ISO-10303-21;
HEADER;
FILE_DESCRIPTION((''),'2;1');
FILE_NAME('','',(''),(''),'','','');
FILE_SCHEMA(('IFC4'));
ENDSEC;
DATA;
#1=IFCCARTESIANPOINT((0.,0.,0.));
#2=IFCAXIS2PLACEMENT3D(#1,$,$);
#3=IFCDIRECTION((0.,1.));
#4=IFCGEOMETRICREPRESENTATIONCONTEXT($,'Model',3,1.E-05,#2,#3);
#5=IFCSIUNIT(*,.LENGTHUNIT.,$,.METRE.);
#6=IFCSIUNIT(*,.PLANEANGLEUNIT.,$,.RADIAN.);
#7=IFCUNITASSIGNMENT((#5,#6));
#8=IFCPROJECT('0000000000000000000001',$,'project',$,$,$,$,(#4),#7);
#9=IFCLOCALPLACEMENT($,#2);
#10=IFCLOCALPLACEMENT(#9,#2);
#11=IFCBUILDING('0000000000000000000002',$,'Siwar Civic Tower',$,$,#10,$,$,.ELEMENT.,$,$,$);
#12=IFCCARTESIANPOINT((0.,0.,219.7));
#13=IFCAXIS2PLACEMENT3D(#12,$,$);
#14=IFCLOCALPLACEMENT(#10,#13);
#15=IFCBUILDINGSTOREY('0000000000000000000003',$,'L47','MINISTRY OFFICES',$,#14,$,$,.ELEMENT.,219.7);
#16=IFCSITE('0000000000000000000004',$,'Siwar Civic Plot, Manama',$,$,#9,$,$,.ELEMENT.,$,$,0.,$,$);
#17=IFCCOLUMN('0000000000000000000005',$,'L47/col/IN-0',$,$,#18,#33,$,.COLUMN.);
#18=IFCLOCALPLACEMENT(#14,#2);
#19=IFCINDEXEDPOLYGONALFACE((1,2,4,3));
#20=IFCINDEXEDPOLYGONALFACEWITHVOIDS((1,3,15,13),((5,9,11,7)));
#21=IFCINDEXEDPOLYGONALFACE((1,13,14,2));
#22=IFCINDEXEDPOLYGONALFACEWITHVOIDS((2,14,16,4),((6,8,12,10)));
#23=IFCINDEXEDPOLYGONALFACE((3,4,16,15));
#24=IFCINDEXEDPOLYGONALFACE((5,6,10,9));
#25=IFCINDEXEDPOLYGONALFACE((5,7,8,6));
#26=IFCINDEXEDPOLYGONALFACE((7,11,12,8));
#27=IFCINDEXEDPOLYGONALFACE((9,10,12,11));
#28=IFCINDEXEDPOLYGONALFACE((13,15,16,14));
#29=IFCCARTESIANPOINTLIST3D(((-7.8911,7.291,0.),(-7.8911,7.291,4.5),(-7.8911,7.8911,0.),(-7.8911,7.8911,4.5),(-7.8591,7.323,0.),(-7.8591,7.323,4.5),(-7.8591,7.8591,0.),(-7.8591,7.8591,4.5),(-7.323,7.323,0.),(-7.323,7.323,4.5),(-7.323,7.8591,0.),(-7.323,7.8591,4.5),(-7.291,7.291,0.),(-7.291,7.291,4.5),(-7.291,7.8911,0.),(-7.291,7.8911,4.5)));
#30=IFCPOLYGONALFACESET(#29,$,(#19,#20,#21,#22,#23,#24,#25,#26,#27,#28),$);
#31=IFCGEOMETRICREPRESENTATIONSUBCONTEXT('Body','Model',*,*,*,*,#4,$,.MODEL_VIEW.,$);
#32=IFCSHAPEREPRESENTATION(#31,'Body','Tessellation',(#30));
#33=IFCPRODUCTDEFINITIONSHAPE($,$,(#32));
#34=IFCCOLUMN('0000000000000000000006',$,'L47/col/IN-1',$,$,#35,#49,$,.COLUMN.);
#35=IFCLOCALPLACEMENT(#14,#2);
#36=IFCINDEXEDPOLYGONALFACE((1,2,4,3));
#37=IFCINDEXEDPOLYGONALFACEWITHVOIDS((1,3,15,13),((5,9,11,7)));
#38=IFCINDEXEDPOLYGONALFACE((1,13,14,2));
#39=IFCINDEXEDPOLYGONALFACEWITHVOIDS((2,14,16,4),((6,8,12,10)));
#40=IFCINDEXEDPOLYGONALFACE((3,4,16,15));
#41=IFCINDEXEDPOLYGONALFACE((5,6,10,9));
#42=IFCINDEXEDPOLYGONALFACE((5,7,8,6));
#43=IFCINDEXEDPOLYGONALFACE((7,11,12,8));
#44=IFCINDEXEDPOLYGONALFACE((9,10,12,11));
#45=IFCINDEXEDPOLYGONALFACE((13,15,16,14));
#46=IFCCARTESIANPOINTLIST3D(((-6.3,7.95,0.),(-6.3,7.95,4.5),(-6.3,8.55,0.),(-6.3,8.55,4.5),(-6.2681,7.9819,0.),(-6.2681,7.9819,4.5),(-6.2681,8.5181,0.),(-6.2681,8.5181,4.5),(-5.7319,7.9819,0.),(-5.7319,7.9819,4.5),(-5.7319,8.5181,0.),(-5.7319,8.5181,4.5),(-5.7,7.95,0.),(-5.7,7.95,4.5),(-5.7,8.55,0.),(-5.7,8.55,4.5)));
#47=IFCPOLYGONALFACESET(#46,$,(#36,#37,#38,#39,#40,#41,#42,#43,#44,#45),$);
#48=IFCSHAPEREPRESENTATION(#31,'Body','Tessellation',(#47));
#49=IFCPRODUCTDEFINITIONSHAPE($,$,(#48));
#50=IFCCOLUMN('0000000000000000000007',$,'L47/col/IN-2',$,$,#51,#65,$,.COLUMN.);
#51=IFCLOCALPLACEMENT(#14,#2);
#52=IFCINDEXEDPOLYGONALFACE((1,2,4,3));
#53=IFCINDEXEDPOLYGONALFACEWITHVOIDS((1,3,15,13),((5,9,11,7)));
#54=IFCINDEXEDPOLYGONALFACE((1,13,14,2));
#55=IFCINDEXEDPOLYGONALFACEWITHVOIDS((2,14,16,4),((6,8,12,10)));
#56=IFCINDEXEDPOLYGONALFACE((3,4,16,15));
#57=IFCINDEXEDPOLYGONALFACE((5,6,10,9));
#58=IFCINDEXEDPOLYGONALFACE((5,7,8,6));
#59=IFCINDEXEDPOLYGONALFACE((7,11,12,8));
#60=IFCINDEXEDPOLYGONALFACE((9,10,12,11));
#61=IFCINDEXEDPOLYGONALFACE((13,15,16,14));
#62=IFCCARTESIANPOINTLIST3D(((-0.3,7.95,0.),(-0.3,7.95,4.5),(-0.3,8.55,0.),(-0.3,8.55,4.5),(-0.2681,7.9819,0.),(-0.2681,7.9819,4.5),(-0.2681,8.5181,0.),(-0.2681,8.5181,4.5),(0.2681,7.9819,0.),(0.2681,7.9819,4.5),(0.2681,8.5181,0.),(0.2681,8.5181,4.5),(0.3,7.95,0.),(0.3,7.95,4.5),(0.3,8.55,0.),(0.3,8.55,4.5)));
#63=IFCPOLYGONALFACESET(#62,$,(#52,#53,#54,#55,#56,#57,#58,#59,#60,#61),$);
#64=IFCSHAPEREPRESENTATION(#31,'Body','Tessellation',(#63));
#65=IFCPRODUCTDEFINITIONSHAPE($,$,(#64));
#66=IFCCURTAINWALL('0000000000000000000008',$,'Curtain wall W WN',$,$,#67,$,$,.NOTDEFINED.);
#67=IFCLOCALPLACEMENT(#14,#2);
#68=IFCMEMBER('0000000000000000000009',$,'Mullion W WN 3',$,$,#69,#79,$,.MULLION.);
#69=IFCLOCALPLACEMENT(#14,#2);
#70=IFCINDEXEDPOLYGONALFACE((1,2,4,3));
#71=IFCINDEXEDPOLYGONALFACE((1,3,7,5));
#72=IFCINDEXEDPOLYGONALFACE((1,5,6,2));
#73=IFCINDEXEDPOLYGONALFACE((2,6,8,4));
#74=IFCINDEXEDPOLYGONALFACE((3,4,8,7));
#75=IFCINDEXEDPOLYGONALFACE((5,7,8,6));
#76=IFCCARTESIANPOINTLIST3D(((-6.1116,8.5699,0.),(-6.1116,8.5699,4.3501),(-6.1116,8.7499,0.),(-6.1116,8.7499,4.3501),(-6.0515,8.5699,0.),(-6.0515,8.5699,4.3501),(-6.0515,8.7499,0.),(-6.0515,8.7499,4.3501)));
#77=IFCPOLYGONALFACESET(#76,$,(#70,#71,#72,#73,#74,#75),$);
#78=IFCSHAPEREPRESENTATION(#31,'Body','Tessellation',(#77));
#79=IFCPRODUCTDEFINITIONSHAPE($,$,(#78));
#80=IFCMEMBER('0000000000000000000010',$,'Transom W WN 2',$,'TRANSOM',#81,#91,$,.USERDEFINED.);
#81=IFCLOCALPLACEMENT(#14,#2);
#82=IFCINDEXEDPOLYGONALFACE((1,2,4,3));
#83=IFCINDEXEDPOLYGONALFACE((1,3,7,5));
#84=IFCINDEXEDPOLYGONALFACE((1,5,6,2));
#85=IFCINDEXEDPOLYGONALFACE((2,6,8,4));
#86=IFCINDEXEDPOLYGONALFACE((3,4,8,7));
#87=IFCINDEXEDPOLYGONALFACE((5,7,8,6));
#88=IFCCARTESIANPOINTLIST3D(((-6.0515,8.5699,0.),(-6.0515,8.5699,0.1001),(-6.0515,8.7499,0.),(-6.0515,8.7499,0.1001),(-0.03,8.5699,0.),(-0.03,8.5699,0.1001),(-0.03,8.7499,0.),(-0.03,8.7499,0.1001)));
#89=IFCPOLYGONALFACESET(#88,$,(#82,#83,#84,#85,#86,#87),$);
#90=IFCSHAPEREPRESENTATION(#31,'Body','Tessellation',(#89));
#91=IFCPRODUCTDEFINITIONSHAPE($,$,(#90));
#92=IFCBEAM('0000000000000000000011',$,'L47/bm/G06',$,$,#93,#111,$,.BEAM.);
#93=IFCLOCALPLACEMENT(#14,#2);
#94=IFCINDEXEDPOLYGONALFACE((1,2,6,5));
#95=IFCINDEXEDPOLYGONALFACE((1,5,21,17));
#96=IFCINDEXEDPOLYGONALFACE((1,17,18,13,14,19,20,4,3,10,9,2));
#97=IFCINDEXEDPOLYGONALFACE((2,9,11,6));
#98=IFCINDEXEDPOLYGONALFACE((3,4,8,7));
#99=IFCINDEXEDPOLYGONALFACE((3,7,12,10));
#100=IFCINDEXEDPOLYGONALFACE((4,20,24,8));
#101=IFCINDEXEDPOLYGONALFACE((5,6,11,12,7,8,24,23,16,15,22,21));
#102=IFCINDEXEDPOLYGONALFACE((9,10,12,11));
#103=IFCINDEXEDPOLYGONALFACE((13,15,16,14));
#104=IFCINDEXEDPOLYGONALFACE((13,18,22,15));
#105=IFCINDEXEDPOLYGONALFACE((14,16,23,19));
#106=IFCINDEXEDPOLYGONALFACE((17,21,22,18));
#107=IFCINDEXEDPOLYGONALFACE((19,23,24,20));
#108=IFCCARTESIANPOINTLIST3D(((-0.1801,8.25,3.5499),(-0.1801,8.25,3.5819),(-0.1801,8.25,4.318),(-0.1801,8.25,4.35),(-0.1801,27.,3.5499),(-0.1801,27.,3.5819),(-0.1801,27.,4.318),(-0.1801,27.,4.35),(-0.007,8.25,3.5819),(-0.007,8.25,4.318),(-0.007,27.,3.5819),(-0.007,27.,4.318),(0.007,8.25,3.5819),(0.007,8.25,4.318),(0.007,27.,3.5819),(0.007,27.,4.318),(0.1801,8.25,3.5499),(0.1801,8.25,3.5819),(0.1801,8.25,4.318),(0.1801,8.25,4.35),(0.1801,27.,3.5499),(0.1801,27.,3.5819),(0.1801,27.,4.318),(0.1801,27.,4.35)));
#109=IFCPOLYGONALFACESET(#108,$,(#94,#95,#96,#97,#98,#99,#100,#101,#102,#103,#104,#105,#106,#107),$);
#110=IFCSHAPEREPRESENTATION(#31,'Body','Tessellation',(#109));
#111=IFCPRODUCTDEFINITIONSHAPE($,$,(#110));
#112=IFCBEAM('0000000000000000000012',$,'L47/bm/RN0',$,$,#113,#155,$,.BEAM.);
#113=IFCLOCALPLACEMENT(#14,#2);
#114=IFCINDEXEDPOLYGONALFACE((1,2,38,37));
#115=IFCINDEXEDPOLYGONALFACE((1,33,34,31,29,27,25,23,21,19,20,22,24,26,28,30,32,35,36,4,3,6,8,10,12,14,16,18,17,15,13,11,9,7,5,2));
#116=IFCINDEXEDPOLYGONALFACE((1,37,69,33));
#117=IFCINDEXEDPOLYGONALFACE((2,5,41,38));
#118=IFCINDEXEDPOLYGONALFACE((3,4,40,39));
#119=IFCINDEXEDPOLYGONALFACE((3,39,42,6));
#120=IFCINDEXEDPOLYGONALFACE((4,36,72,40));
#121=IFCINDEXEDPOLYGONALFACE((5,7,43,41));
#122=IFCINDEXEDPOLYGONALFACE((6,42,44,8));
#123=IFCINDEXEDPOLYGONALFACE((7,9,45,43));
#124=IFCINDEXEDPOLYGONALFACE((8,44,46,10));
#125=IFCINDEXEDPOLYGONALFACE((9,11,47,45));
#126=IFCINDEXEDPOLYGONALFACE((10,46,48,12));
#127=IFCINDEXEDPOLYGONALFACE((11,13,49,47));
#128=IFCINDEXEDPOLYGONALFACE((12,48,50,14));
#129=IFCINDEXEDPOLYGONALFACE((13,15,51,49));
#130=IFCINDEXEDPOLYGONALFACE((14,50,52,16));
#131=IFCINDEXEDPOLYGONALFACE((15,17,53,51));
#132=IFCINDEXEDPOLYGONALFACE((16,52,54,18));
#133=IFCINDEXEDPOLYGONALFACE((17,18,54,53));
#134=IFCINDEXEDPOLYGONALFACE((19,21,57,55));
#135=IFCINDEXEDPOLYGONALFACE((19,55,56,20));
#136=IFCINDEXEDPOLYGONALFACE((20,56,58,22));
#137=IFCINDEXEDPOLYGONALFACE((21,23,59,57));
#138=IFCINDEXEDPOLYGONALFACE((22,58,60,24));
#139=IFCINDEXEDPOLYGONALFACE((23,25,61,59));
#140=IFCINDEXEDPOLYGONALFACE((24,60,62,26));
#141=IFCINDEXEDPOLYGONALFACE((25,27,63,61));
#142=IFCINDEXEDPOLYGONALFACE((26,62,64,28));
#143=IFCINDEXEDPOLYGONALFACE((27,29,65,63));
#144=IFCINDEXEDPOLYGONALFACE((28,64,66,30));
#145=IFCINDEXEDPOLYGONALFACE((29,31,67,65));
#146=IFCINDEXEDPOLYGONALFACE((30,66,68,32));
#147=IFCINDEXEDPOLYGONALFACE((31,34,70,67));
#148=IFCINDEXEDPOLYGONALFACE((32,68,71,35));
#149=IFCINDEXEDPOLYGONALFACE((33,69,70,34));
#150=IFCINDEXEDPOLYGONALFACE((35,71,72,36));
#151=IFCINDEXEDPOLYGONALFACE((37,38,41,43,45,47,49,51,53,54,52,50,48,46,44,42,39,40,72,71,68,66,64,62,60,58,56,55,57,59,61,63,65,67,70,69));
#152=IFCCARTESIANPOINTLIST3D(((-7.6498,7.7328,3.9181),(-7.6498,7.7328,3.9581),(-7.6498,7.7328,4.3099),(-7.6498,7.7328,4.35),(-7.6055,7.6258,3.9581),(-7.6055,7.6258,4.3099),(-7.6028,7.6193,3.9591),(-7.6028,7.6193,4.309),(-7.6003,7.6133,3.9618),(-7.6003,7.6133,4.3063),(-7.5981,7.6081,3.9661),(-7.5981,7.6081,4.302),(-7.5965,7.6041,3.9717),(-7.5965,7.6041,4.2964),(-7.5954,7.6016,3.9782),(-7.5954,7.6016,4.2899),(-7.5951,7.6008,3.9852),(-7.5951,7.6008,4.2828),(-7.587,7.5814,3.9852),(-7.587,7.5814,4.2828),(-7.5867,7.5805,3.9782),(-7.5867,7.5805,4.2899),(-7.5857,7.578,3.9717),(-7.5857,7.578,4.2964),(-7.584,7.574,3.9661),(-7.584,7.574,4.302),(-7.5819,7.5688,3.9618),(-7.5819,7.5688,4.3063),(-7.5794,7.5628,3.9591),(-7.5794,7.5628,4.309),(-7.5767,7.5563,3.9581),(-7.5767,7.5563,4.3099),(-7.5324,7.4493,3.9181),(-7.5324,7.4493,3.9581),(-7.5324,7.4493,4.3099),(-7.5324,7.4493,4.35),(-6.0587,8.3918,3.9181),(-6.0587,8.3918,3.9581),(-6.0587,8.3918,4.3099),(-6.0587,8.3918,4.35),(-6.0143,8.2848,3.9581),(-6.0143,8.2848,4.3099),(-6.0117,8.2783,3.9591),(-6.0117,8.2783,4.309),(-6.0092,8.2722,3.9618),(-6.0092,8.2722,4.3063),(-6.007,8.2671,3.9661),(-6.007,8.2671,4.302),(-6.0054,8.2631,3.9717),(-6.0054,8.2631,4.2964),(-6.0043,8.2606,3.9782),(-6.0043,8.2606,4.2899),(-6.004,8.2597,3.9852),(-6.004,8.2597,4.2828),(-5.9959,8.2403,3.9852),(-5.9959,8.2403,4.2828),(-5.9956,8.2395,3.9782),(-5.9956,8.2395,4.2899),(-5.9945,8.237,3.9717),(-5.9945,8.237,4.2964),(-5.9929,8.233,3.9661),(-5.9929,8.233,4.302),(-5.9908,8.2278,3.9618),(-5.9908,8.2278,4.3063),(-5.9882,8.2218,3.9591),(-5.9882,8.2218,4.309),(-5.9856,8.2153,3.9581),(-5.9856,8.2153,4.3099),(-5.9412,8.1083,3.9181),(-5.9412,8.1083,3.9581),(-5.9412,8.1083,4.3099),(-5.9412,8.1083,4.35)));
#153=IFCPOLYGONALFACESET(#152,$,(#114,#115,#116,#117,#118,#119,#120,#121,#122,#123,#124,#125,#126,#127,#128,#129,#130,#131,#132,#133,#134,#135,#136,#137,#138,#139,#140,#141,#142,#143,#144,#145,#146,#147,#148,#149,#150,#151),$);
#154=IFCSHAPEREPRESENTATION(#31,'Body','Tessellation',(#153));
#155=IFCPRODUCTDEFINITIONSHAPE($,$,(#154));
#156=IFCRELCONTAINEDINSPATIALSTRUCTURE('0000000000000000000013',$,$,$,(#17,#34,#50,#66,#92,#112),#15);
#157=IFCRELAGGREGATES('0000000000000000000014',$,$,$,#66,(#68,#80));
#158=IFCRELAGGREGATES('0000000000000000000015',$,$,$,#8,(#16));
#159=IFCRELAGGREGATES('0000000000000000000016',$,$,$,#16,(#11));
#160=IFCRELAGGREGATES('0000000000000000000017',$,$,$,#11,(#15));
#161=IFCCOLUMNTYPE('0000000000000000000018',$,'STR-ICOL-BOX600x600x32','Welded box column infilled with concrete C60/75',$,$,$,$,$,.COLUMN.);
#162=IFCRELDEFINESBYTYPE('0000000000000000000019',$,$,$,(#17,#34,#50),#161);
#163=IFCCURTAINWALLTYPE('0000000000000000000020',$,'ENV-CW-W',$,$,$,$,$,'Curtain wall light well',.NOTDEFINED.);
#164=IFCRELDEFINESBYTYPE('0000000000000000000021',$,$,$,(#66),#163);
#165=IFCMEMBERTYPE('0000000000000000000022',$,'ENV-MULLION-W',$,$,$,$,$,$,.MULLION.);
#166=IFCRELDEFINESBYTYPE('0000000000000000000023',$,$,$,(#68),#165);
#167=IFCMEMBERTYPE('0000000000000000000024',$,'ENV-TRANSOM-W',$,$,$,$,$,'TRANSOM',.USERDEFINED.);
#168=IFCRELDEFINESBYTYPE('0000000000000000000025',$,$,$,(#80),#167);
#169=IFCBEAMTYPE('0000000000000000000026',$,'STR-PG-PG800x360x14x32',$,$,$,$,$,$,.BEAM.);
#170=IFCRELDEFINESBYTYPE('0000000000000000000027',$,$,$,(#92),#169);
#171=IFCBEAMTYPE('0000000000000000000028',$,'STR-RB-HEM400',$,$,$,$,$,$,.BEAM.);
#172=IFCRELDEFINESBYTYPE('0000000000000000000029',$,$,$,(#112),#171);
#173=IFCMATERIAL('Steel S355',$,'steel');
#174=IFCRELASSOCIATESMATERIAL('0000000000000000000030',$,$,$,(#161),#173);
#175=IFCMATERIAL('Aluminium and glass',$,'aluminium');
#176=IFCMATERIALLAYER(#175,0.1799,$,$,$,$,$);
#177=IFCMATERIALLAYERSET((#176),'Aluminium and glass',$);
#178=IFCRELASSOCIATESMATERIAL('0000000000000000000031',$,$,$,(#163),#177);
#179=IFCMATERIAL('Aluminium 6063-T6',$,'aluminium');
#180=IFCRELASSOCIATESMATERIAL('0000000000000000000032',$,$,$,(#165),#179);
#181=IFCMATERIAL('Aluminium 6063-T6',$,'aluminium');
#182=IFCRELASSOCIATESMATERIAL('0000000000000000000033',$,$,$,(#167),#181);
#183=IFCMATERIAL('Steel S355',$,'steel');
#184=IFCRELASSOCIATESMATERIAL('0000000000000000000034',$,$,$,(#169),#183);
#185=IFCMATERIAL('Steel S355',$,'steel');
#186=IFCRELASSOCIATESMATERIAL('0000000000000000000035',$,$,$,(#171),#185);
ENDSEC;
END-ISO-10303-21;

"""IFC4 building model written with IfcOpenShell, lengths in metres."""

from ifc_helpers import new_model, si_unit, direction, frame, origin, origin_2d, place, context, subcontext, project, spatial, rectangle, hollow_rectangle, i_section, extrude, material, layer, layer_set, material_profile, profile_set, type_object, element, aggregate, save


model = new_model("IFC4")

# Units and contexts
model_context = context("Model", 3, precision=1e-05, world=origin(), true_north=direction((0.0, 1.0)))
body_context = subcontext(model_context, "Body", "Model", "MODEL_VIEW")
ifc_project = project(units=[si_unit("LENGTHUNIT", "METRE"), si_unit("PLANEANGLEUNIT", "RADIAN")], contexts=[model_context])

# Site, building, storey
site_placement = place(None, origin())
site = spatial("IfcSite", under=ifc_project, at=site_placement, Name="Siwar Civic Plot, Manama", CompositionType="ELEMENT", RefElevation=0.0)
building_placement = place(site_placement, origin())
building = spatial("IfcBuilding", under=site, at=building_placement, Name="Siwar Civic Tower", CompositionType="ELEMENT")
storey_placement = place(building_placement, frame((0.0, 0.0, 219.7)))
storey = spatial("IfcBuildingStorey", under=building, at=storey_placement, Name="L47", Description="MINISTRY OFFICES", CompositionType="ELEMENT", Elevation=219.7)

# Columns
ifc_material_1 = material(Name="Steel S355", Category="steel")
ifc_material_profile_1 = material_profile(ifc_material_1, hollow_rectangle(XDim=0.6001, YDim=0.6001, WallThickness=0.032, at=origin_2d()), Name="BOX600x600x32")
ifc_profile_set_1 = profile_set([ifc_material_profile_1], Name="Steel S355")
column_type = type_object("IfcColumnType", Name="STR-ICOL-BOX600x600x32", Description="Welded box column infilled with concrete C60/75", PredefinedType="COLUMN", material=ifc_profile_set_1)
for number, where, z_axis, x_axis, name in (
    (1, (-7.5911, 7.5911, 0.0), (0.0, 0.0, 1.0), (1.0, 0.0, 0.0), "L47/col/IN-0"),
    (2, (-6.0, 8.25, 0.0), (0.0, 0.0, 1.0), (1.0, 0.0, 0.0), "L47/col/IN-1"),
    (3, (0.0, 8.25, 0.0), (0.0, 0.0, 1.0), (1.0, 0.0, 0.0), "L47/col/IN-2"),
):
    element("IfcColumn", number, at=place(storey_placement, frame(where, z_axis=z_axis, x_axis=x_axis)), inside=storey, type_object=column_type, Name=name, PredefinedType="COLUMN", context=body_context, shape_type="SweptSolid", body=[
        extrude(hollow_rectangle(XDim=0.6001, YDim=0.6001, WallThickness=0.032, at=origin_2d()), origin(), (0.0, 0.0, 1.0), 4.5),
    ])

# Curtain wall, members
ifc_material_2 = material(Name="Aluminium and glass", Category="aluminium")
ifc_layer_1 = layer(ifc_material_2, 0.1799)
ifc_layer_set_1 = layer_set([ifc_layer_1], Name="Aluminium and glass")
curtain_wall_type = type_object("IfcCurtainWallType", Name="ENV-CW-W", ElementType="Curtain wall light well", PredefinedType="NOTDEFINED", material=ifc_layer_set_1)
curtain_wall_placement = place(storey_placement, origin())
curtain_wall = element("IfcCurtainWall", 4, at=curtain_wall_placement, inside=storey, type_object=curtain_wall_type, Name="Curtain wall W WN", PredefinedType="NOTDEFINED")
ifc_material_3 = material(Name="Aluminium 6063-T6", Category="aluminium")
ifc_material_profile_2 = material_profile(ifc_material_3, rectangle(XDim=0.1799, YDim=0.0601, at=origin_2d()), Name="AL 180x60")
ifc_profile_set_2 = profile_set([ifc_material_profile_2], Name="Aluminium 6063-T6")
member_type_1 = type_object("IfcMemberType", Name="ENV-MULLION-W", PredefinedType="MULLION", material=ifc_profile_set_2)
member_1_placement = place(storey_placement, frame((-6.0815, 8.6599, 0.0), z_axis=(0.0, 0.0, 1.0), x_axis=(0.0, -1.0, 0.0)))
member_1 = element("IfcMember", 5, at=member_1_placement, type_object=member_type_1, Name="Mullion W WN 3", PredefinedType="MULLION", context=body_context, shape_type="SweptSolid", body=[
    extrude(rectangle(XDim=0.1799, YDim=0.0601, at=origin_2d()), origin(), (0.0, 0.0, 1.0), 4.3501),
])
ifc_material_4 = material(Name="Aluminium 6063-T6", Category="aluminium")
ifc_material_profile_3 = material_profile(ifc_material_4, rectangle(XDim=0.1799, YDim=0.1001, at=origin_2d()), Name="AL 180x100")
ifc_profile_set_3 = profile_set([ifc_material_profile_3], Name="Aluminium 6063-T6")
member_type_2 = type_object("IfcMemberType", Name="ENV-TRANSOM-W", ElementType="TRANSOM", PredefinedType="USERDEFINED", material=ifc_profile_set_3)
member_2_placement = place(storey_placement, frame((-0.03, 8.6599, 0.05), z_axis=(-1.0, 0.0, 0.0), x_axis=(0.0, -1.0, 0.0)))
member_2 = element("IfcMember", 6, at=member_2_placement, type_object=member_type_2, Name="Transom W WN 2", ObjectType="TRANSOM", PredefinedType="USERDEFINED", context=body_context, shape_type="SweptSolid", body=[
    extrude(rectangle(XDim=0.1799, YDim=0.1001, at=origin_2d()), origin(), (0.0, 0.0, 1.0), 6.0215),
])

# Beams
ifc_material_5 = material(Name="Steel S355", Category="steel")
ifc_material_profile_4 = material_profile(ifc_material_5, i_section(OverallWidth=0.3601, OverallDepth=0.8, WebThickness=0.0139, FlangeThickness=0.032, at=origin_2d()), Name="PG800x360x14x32")
ifc_profile_set_4 = profile_set([ifc_material_profile_4], Name="Steel S355")
beam_type_1 = type_object("IfcBeamType", Name="STR-PG-PG800x360x14x32", PredefinedType="BEAM", material=ifc_profile_set_4)
beam_1_placement = place(storey_placement, frame((0.0, 8.25, 3.95), z_axis=(0.0, 1.0, 0.0), x_axis=(-1.0, 0.0, 0.0)))
element("IfcBeam", 7, at=beam_1_placement, inside=storey, type_object=beam_type_1, Name="L47/bm/G06", PredefinedType="BEAM", context=body_context, shape_type="SweptSolid", body=[
    extrude(i_section(OverallWidth=0.3601, OverallDepth=0.8, WebThickness=0.0139, FlangeThickness=0.032, at=origin_2d()), origin(), (0.0, 0.0, 1.0), 18.75),
])
ifc_material_6 = material(Name="Steel S355", Category="steel")
ifc_material_profile_5 = material_profile(ifc_material_6, i_section(OverallWidth=0.3069, OverallDepth=0.4319, WebThickness=0.021, FlangeThickness=0.04, FilletRadius=0.0271, at=origin_2d()), Name="HEM400")
ifc_profile_set_5 = profile_set([ifc_material_profile_5], Name="Steel S355")
beam_type_2 = type_object("IfcBeamType", Name="STR-RB-HEM400", PredefinedType="BEAM", material=ifc_profile_set_5)
beam_2_placement = place(storey_placement, frame((-7.5911, 7.5911, 4.134), z_axis=(0.923901, 0.382631, 0.0), x_axis=(-0.382631, 0.923901, 0.0)))
element("IfcBeam", 8, at=beam_2_placement, inside=storey, type_object=beam_type_2, Name="L47/bm/RN0", PredefinedType="BEAM", context=body_context, shape_type="SweptSolid", body=[
    extrude(i_section(OverallWidth=0.3069, OverallDepth=0.4319, WebThickness=0.021, FlangeThickness=0.04, FilletRadius=0.0271, at=origin_2d()), origin(), (0.0, 0.0, 1.0), 1.7222),
])

aggregate(curtain_wall, [member_1, member_2])

save(model, "model.ifc")
